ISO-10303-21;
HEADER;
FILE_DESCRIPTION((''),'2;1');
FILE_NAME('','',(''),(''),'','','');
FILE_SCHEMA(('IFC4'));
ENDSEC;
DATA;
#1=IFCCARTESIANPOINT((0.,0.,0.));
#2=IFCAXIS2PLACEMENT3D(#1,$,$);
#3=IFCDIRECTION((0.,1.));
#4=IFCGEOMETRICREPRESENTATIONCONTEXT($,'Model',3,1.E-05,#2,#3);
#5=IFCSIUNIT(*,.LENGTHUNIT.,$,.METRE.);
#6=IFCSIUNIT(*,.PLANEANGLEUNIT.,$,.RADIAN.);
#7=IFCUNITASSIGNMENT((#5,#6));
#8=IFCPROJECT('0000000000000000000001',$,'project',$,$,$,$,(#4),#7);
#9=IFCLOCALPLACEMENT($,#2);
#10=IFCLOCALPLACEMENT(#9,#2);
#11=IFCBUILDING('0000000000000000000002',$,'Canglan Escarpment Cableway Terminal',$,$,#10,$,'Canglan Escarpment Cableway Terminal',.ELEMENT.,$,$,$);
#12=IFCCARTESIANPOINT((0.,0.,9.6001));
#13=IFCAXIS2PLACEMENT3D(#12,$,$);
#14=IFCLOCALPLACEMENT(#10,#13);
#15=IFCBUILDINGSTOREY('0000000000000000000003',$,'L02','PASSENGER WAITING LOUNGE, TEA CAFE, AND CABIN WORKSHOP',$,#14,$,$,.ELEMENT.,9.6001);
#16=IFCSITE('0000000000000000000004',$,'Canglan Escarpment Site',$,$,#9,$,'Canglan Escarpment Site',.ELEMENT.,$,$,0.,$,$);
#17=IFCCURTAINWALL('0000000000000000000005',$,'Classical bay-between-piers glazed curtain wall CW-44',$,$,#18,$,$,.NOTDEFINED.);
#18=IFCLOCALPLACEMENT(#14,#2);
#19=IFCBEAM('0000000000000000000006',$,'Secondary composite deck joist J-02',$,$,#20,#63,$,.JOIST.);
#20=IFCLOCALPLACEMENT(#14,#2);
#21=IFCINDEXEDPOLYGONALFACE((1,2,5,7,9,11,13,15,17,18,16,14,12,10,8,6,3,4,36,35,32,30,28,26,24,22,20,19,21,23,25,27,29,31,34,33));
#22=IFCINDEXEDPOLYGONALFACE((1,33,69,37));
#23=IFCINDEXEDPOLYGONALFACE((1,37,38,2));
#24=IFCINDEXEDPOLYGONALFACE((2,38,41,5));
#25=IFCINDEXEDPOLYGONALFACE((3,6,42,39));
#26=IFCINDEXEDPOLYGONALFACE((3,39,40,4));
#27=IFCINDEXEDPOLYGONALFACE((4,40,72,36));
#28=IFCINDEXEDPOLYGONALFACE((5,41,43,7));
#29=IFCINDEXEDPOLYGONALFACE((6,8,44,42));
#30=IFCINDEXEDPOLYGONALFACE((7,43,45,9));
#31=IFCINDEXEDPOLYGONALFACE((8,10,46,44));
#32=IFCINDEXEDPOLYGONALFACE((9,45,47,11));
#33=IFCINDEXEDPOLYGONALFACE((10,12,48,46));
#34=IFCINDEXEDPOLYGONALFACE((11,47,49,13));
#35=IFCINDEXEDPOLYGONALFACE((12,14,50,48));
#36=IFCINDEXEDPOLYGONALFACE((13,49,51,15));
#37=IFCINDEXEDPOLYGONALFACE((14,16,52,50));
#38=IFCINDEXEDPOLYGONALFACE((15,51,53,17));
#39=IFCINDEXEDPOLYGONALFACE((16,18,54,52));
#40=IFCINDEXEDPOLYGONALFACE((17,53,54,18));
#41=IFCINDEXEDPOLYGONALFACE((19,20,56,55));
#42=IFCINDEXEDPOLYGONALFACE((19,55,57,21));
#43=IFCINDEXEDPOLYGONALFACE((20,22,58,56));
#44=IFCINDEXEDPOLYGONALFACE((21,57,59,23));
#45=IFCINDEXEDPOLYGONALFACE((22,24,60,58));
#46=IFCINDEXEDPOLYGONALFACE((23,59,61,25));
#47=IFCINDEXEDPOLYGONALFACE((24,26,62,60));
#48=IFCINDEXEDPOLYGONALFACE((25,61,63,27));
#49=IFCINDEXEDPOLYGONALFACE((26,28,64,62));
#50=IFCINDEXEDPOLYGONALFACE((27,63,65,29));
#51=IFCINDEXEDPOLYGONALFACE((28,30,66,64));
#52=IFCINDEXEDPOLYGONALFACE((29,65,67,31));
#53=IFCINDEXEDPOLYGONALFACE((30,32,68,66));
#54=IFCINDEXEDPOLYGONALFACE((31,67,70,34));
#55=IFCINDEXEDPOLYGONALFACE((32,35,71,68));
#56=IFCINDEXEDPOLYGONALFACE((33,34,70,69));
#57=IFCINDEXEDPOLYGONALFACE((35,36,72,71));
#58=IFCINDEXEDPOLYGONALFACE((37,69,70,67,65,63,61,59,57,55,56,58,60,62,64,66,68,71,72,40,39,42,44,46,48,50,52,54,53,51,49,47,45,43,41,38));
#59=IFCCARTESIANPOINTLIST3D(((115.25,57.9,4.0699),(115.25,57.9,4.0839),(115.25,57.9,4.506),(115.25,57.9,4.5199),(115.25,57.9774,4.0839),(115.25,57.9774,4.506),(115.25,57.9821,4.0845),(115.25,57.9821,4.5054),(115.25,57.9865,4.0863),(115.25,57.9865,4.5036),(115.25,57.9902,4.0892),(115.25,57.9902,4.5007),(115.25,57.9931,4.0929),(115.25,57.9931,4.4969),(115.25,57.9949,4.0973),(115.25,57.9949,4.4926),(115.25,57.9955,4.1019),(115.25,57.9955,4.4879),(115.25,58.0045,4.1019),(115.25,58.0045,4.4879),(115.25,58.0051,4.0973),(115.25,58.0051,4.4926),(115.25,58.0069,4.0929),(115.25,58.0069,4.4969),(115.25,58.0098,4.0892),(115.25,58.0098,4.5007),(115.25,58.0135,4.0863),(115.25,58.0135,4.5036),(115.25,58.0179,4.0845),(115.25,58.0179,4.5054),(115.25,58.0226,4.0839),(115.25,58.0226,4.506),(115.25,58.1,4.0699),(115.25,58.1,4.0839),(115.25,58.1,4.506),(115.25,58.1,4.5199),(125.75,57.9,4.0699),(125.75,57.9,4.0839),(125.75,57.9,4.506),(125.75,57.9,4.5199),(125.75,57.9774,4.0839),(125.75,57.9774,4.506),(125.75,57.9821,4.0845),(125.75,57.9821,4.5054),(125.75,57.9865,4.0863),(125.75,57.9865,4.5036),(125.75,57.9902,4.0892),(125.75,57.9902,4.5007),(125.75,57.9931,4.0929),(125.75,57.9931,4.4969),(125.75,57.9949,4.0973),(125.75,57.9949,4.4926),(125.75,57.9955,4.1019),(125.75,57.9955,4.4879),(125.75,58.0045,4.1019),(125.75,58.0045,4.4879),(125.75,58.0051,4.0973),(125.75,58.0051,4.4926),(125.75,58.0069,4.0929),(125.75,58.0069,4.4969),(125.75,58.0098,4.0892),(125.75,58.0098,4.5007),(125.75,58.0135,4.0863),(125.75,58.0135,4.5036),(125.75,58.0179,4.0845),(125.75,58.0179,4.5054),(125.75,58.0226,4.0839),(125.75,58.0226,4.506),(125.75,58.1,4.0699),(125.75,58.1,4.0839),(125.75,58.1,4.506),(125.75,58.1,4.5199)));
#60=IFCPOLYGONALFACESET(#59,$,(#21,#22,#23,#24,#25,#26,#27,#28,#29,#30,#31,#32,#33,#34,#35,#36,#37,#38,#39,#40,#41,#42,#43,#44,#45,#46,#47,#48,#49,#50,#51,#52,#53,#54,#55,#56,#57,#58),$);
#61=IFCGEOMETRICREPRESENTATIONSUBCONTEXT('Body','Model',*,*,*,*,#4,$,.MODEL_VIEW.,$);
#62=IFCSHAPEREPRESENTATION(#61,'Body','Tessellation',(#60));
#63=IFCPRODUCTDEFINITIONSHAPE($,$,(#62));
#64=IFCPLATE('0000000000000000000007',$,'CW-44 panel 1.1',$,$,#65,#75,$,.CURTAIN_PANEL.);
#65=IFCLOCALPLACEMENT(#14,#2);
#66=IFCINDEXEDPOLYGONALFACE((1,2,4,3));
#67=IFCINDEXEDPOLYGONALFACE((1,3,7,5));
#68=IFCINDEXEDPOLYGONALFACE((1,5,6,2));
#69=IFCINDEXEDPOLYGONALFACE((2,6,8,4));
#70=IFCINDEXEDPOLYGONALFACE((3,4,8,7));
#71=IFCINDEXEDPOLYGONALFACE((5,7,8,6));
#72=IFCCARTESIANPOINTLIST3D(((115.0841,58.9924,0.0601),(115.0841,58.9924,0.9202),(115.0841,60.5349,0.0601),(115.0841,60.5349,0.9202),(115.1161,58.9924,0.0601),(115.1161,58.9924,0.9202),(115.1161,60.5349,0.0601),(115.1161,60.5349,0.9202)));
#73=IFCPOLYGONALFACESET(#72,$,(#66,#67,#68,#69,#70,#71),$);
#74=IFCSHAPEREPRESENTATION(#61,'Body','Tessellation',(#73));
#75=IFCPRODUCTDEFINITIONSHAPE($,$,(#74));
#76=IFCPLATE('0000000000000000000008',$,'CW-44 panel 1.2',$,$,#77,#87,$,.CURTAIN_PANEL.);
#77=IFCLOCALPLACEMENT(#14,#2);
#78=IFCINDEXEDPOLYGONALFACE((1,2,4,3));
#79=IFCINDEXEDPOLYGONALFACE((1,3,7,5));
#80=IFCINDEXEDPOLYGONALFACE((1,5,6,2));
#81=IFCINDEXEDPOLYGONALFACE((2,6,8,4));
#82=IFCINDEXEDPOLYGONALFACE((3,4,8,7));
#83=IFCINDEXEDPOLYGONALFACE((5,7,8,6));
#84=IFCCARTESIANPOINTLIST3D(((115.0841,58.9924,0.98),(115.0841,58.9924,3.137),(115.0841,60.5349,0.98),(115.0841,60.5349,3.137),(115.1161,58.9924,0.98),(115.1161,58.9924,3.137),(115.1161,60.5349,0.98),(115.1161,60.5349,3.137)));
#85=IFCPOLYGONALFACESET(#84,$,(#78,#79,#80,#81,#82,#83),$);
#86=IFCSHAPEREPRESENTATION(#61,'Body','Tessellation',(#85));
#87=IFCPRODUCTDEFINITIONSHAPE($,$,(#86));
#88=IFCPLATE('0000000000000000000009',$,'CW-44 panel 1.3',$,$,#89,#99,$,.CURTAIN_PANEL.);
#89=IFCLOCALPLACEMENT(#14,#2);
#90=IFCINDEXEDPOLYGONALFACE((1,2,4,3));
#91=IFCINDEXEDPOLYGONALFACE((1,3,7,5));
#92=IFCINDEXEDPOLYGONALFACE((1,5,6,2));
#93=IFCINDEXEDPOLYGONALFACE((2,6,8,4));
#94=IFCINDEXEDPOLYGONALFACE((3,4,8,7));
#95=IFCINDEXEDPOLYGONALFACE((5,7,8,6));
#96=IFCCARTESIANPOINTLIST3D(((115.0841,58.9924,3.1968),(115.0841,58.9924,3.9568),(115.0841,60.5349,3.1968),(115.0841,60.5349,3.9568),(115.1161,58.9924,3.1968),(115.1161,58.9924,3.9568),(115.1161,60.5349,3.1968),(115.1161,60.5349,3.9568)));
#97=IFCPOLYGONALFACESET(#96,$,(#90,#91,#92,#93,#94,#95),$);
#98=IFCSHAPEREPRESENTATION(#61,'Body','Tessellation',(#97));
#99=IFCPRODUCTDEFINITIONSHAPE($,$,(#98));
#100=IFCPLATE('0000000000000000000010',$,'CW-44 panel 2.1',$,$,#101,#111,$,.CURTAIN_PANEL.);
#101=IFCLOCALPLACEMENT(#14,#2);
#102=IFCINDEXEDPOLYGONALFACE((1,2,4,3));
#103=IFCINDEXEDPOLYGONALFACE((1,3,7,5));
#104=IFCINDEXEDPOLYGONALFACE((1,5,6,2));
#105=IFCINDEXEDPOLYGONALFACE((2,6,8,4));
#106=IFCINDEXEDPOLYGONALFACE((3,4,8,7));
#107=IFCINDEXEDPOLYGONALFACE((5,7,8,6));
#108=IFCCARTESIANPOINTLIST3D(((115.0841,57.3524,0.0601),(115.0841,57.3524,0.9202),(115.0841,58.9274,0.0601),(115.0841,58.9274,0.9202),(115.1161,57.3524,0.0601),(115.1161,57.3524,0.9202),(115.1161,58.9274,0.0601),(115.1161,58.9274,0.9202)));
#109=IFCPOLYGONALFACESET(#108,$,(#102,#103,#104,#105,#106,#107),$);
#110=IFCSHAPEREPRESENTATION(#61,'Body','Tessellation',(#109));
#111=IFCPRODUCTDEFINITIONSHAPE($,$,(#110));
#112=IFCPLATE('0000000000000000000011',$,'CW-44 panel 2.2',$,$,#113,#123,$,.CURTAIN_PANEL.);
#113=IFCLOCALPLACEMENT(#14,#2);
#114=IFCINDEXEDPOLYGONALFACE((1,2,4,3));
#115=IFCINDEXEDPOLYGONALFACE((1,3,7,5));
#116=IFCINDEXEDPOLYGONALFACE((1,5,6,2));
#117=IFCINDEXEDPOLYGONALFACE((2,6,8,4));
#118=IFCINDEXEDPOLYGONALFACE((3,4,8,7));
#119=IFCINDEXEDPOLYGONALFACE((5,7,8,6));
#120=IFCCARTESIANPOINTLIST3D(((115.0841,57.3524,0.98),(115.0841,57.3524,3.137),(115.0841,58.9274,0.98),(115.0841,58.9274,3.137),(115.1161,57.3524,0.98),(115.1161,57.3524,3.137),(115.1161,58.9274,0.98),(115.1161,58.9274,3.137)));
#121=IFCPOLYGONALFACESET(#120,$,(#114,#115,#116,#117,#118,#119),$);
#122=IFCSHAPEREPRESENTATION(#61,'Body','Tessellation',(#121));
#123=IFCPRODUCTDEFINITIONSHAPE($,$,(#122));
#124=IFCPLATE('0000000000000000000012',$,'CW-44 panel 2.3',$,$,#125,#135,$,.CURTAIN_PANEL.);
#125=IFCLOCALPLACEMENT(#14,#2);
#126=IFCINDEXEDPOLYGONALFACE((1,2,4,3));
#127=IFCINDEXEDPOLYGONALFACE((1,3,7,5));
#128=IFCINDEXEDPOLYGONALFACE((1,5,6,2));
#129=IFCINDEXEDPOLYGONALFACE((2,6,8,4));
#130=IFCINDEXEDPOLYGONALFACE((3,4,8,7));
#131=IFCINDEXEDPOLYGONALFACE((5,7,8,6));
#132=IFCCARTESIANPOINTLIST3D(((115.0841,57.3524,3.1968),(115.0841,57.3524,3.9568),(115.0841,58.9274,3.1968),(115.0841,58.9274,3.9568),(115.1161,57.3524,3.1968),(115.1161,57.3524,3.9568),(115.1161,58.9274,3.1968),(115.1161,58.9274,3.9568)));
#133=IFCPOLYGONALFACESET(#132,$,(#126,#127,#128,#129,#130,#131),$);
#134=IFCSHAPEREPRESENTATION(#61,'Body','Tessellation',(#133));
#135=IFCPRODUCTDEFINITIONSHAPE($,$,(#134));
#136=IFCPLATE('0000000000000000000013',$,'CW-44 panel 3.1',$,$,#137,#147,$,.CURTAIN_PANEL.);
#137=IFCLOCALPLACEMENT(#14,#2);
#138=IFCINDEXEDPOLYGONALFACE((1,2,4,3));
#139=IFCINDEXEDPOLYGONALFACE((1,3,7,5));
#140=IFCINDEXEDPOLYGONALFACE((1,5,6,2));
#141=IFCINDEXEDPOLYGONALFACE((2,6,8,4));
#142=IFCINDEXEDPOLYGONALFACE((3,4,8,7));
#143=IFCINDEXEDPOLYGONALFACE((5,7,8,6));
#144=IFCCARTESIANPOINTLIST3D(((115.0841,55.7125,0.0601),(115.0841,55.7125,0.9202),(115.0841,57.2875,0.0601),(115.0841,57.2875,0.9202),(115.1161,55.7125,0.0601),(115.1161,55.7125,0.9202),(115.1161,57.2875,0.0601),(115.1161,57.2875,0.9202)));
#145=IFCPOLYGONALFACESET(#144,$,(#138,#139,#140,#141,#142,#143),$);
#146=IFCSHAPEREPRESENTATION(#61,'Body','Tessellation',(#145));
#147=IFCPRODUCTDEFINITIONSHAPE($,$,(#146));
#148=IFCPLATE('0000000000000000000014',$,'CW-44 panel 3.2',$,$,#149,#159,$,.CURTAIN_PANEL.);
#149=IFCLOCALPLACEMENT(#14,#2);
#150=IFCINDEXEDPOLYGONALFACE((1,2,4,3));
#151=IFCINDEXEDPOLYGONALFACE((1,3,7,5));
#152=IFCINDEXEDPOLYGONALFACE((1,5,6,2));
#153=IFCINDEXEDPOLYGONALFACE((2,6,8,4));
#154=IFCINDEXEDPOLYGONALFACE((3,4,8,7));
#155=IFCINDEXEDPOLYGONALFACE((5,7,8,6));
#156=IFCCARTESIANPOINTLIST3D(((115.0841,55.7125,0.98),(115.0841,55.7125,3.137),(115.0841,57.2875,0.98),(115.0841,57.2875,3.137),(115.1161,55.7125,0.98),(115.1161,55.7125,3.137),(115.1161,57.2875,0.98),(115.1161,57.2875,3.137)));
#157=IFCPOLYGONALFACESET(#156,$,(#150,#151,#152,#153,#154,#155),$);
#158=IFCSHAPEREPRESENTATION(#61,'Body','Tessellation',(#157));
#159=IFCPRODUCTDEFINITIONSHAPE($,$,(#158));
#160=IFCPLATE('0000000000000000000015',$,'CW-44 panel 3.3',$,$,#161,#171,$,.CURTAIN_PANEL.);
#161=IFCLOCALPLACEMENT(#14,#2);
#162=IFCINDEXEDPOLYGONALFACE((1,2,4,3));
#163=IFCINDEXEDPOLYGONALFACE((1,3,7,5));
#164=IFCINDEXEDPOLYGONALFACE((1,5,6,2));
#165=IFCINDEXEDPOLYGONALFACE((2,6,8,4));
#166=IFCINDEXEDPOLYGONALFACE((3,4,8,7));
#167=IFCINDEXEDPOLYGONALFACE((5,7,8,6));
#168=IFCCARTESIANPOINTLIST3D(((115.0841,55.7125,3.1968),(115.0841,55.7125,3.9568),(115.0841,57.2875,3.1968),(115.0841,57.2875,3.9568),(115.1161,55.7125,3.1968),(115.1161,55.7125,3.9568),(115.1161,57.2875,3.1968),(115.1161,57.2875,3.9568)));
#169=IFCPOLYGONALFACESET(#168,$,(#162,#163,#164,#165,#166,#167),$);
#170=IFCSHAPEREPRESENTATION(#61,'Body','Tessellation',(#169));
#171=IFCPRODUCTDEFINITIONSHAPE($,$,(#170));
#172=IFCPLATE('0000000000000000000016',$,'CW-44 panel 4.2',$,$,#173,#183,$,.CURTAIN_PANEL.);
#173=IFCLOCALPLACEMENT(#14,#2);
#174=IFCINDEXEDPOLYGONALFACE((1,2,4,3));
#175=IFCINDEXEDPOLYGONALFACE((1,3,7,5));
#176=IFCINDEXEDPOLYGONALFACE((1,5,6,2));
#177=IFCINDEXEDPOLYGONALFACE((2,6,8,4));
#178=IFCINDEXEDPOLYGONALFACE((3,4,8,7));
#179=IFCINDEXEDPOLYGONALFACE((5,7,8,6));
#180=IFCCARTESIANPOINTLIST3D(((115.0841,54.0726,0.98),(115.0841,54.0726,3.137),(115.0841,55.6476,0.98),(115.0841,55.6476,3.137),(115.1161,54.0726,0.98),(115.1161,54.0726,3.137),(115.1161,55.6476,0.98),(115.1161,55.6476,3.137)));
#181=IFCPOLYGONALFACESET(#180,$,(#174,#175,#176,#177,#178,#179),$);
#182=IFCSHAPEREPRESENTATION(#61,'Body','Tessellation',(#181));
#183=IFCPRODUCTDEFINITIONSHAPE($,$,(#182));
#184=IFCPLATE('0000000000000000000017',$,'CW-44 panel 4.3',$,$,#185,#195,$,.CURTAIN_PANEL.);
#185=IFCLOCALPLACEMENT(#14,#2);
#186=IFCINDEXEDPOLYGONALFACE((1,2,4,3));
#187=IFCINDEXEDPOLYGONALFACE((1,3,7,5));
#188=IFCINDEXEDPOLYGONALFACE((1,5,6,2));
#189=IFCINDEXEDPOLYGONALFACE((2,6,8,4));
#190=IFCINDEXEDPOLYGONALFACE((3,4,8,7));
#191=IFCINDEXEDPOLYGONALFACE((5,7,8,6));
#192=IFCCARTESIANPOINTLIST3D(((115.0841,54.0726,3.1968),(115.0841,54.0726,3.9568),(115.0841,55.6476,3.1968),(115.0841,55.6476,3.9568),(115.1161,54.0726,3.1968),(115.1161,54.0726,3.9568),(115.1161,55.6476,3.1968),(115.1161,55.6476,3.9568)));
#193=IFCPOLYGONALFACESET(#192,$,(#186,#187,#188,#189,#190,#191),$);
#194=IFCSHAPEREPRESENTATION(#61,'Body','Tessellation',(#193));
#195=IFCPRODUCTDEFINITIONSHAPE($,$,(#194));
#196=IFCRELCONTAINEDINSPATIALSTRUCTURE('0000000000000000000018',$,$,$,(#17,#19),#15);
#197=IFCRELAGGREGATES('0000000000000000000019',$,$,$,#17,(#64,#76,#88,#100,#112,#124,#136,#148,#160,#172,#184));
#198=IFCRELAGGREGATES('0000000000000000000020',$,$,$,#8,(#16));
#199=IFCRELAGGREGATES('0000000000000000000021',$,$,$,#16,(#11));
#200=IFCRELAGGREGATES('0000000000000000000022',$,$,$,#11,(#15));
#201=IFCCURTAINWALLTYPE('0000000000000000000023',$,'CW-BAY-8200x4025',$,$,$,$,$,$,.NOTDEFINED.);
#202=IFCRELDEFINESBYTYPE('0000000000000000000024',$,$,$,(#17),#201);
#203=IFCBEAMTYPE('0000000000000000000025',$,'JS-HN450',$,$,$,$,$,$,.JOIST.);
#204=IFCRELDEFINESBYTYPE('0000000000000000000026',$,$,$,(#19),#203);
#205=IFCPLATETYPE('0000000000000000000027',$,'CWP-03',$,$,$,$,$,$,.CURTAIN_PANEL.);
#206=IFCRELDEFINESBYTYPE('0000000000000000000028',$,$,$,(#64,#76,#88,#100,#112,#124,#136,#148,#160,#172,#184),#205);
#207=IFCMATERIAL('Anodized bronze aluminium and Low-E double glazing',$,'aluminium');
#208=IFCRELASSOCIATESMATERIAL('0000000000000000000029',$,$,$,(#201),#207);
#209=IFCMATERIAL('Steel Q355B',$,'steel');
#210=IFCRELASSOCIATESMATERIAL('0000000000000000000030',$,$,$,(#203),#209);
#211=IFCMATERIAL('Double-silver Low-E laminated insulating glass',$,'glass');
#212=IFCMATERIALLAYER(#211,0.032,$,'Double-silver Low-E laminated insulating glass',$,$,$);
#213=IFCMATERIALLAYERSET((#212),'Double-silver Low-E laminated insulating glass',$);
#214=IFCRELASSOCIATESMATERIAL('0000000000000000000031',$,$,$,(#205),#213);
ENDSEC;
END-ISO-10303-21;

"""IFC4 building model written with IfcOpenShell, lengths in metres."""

from ifc_helpers import new_model, si_unit, direction, frame, origin, origin_2d, place, context, subcontext, project, spatial, rectangle, i_section, extrude, material, layer, layer_set, material_profile, profile_set, type_object, element, aggregate, save


model = new_model("IFC4")

# Units and contexts
model_context = context("Model", 3, precision=1e-05, world=origin(), true_north=direction((0.0, 1.0)))
body_context = subcontext(model_context, "Body", "Model", "MODEL_VIEW")
ifc_project = project(units=[si_unit("LENGTHUNIT", "METRE"), si_unit("PLANEANGLEUNIT", "RADIAN")], contexts=[model_context])

# Site, building, storey
site_placement = place(None, origin())
site = spatial("IfcSite", under=ifc_project, at=site_placement, Name="Canglan Escarpment Site", LongName="Canglan Escarpment Site", CompositionType="ELEMENT", RefElevation=0.0)
building_placement = place(site_placement, origin())
building = spatial("IfcBuilding", under=site, at=building_placement, Name="Canglan Escarpment Cableway Terminal", LongName="Canglan Escarpment Cableway Terminal", CompositionType="ELEMENT")
storey_placement = place(building_placement, frame((0.0, 0.0, 9.6001)))
storey = spatial("IfcBuildingStorey", under=building, at=storey_placement, Name="L02", Description="PASSENGER WAITING LOUNGE, TEA CAFE, AND CABIN WORKSHOP", CompositionType="ELEMENT", Elevation=9.6001)

# Curtain wall
ifc_material_1 = material(Name="Anodized bronze aluminium and Low-E double glazing", Category="aluminium")
curtain_wall_type = type_object("IfcCurtainWallType", Name="CW-BAY-8200x4025", PredefinedType="NOTDEFINED", material=ifc_material_1)
curtain_wall_placement = place(storey_placement, origin())
curtain_wall = element("IfcCurtainWall", 1, at=curtain_wall_placement, inside=storey, type_object=curtain_wall_type, Name="Classical bay-between-piers glazed curtain wall CW-44", PredefinedType="NOTDEFINED")

# Beam
ifc_material_2 = material(Name="Steel Q355B", Category="steel")
ifc_material_profile_1 = material_profile(ifc_material_2, i_section(OverallWidth=0.2, OverallDepth=0.45, WebThickness=0.009, FlangeThickness=0.0139, FilletRadius=0.0181, at=origin_2d()), Name="HN 450x200x9x14")
ifc_profile_set_1 = profile_set([ifc_material_profile_1], Name="Steel Q355B")
beam_type = type_object("IfcBeamType", Name="JS-HN450", PredefinedType="JOIST", material=ifc_profile_set_1)
for number, where, z_axis, x_axis, name in (
    (2, (115.25, 58.0, 4.2949), (1.0, 0.0, 0.0), (0.0, 1.0, 0.0), "Secondary composite deck joist J-02"),
):
    element("IfcBeam", number, at=place(storey_placement, frame(where, z_axis=z_axis, x_axis=x_axis)), inside=storey, type_object=beam_type, Name=name, PredefinedType="JOIST", context=body_context, shape_type="SweptSolid", body=[
        extrude(i_section(OverallWidth=0.2, OverallDepth=0.45, WebThickness=0.009, FlangeThickness=0.0139, FilletRadius=0.0181, at=origin_2d()), origin(), (0.0, 0.0, 1.0), 10.5),
    ])

# Plates
ifc_material_3 = material(Name="Double-silver Low-E laminated insulating glass", Category="glass")
ifc_layer = layer(ifc_material_3, 0.032, Name="Double-silver Low-E laminated insulating glass")
ifc_layer_set = layer_set([ifc_layer], Name="Double-silver Low-E laminated insulating glass")
plate_type = type_object("IfcPlateType", Name="CWP-03", PredefinedType="CURTAIN_PANEL", material=ifc_layer_set)
plate_1_placement = place(storey_placement, frame((115.1001, 59.7637, 0.0601), z_axis=(0.0, 0.0, 1.0), x_axis=(0.0, -1.0, 0.0)))
plate_1 = element("IfcPlate", 3, at=plate_1_placement, type_object=plate_type, Name="CW-44 panel 1.1", PredefinedType="CURTAIN_PANEL", context=body_context, shape_type="SweptSolid", body=[
    extrude(rectangle(XDim=1.5425, YDim=0.032, at=origin_2d()), origin(), (0.0, 0.0, 1.0), 0.8601),
])
plate_2_placement = place(storey_placement, frame((115.1001, 59.7637, 0.98), z_axis=(0.0, 0.0, 1.0), x_axis=(0.0, -1.0, 0.0)))
plate_2 = element("IfcPlate", 4, at=plate_2_placement, type_object=plate_type, Name="CW-44 panel 1.2", PredefinedType="CURTAIN_PANEL", context=body_context, shape_type="SweptSolid", body=[
    extrude(rectangle(XDim=1.5425, YDim=0.032, at=origin_2d()), origin(), (0.0, 0.0, 1.0), 2.157),
])
plate_3_placement = place(storey_placement, frame((115.1001, 59.7637, 3.1968), z_axis=(0.0, 0.0, 1.0), x_axis=(0.0, -1.0, 0.0)))
plate_3 = element("IfcPlate", 5, at=plate_3_placement, type_object=plate_type, Name="CW-44 panel 1.3", PredefinedType="CURTAIN_PANEL", context=body_context, shape_type="SweptSolid", body=[
    extrude(rectangle(XDim=1.5425, YDim=0.032, at=origin_2d()), origin(), (0.0, 0.0, 1.0), 0.76),
])
plate_4_placement = place(storey_placement, frame((115.1001, 58.1399, 0.0601), z_axis=(0.0, 0.0, 1.0), x_axis=(0.0, -1.0, 0.0)))
plate_4 = element("IfcPlate", 6, at=plate_4_placement, type_object=plate_type, Name="CW-44 panel 2.1", PredefinedType="CURTAIN_PANEL", context=body_context, shape_type="SweptSolid", body=[
    extrude(rectangle(XDim=1.575, YDim=0.032, at=origin_2d()), origin(), (0.0, 0.0, 1.0), 0.8601),
])
plate_5_placement = place(storey_placement, frame((115.1001, 58.1399, 0.98), z_axis=(0.0, 0.0, 1.0), x_axis=(0.0, -1.0, 0.0)))
plate_5 = element("IfcPlate", 7, at=plate_5_placement, type_object=plate_type, Name="CW-44 panel 2.2", PredefinedType="CURTAIN_PANEL", context=body_context, shape_type="SweptSolid", body=[
    extrude(rectangle(XDim=1.575, YDim=0.032, at=origin_2d()), origin(), (0.0, 0.0, 1.0), 2.157),
])
plate_6_placement = place(storey_placement, frame((115.1001, 58.1399, 3.1968), z_axis=(0.0, 0.0, 1.0), x_axis=(0.0, -1.0, 0.0)))
plate_6 = element("IfcPlate", 8, at=plate_6_placement, type_object=plate_type, Name="CW-44 panel 2.3", PredefinedType="CURTAIN_PANEL", context=body_context, shape_type="SweptSolid", body=[
    extrude(rectangle(XDim=1.575, YDim=0.032, at=origin_2d()), origin(), (0.0, 0.0, 1.0), 0.76),
])
plate_7_placement = place(storey_placement, frame((115.1001, 56.5, 0.0601), z_axis=(0.0, 0.0, 1.0), x_axis=(0.0, -1.0, 0.0)))
plate_7 = element("IfcPlate", 9, at=plate_7_placement, type_object=plate_type, Name="CW-44 panel 3.1", PredefinedType="CURTAIN_PANEL", context=body_context, shape_type="SweptSolid", body=[
    extrude(rectangle(XDim=1.575, YDim=0.032, at=origin_2d()), origin(), (0.0, 0.0, 1.0), 0.8601),
])
plate_8_placement = place(storey_placement, frame((115.1001, 56.5, 0.98), z_axis=(0.0, 0.0, 1.0), x_axis=(0.0, -1.0, 0.0)))
plate_8 = element("IfcPlate", 10, at=plate_8_placement, type_object=plate_type, Name="CW-44 panel 3.2", PredefinedType="CURTAIN_PANEL", context=body_context, shape_type="SweptSolid", body=[
    extrude(rectangle(XDim=1.575, YDim=0.032, at=origin_2d()), origin(), (0.0, 0.0, 1.0), 2.157),
])
plate_9_placement = place(storey_placement, frame((115.1001, 56.5, 3.1968), z_axis=(0.0, 0.0, 1.0), x_axis=(0.0, -1.0, 0.0)))
plate_9 = element("IfcPlate", 11, at=plate_9_placement, type_object=plate_type, Name="CW-44 panel 3.3", PredefinedType="CURTAIN_PANEL", context=body_context, shape_type="SweptSolid", body=[
    extrude(rectangle(XDim=1.575, YDim=0.032, at=origin_2d()), origin(), (0.0, 0.0, 1.0), 0.76),
])
plate_10_placement = place(storey_placement, frame((115.1001, 54.8601, 0.98), z_axis=(0.0, 0.0, 1.0), x_axis=(0.0, -1.0, 0.0)))
plate_10 = element("IfcPlate", 12, at=plate_10_placement, type_object=plate_type, Name="CW-44 panel 4.2", PredefinedType="CURTAIN_PANEL", context=body_context, shape_type="SweptSolid", body=[
    extrude(rectangle(XDim=1.575, YDim=0.032, at=origin_2d()), origin(), (0.0, 0.0, 1.0), 2.157),
])
plate_11_placement = place(storey_placement, frame((115.1001, 54.8601, 3.1968), z_axis=(0.0, 0.0, 1.0), x_axis=(0.0, -1.0, 0.0)))
plate_11 = element("IfcPlate", 13, at=plate_11_placement, type_object=plate_type, Name="CW-44 panel 4.3", PredefinedType="CURTAIN_PANEL", context=body_context, shape_type="SweptSolid", body=[
    extrude(rectangle(XDim=1.575, YDim=0.032, at=origin_2d()), origin(), (0.0, 0.0, 1.0), 0.76),
])
aggregate(curtain_wall, [plate_1, plate_2, plate_3, plate_4, plate_5, plate_6, plate_7, plate_8, plate_9, plate_10, plate_11])

save(model, "model.ifc")
